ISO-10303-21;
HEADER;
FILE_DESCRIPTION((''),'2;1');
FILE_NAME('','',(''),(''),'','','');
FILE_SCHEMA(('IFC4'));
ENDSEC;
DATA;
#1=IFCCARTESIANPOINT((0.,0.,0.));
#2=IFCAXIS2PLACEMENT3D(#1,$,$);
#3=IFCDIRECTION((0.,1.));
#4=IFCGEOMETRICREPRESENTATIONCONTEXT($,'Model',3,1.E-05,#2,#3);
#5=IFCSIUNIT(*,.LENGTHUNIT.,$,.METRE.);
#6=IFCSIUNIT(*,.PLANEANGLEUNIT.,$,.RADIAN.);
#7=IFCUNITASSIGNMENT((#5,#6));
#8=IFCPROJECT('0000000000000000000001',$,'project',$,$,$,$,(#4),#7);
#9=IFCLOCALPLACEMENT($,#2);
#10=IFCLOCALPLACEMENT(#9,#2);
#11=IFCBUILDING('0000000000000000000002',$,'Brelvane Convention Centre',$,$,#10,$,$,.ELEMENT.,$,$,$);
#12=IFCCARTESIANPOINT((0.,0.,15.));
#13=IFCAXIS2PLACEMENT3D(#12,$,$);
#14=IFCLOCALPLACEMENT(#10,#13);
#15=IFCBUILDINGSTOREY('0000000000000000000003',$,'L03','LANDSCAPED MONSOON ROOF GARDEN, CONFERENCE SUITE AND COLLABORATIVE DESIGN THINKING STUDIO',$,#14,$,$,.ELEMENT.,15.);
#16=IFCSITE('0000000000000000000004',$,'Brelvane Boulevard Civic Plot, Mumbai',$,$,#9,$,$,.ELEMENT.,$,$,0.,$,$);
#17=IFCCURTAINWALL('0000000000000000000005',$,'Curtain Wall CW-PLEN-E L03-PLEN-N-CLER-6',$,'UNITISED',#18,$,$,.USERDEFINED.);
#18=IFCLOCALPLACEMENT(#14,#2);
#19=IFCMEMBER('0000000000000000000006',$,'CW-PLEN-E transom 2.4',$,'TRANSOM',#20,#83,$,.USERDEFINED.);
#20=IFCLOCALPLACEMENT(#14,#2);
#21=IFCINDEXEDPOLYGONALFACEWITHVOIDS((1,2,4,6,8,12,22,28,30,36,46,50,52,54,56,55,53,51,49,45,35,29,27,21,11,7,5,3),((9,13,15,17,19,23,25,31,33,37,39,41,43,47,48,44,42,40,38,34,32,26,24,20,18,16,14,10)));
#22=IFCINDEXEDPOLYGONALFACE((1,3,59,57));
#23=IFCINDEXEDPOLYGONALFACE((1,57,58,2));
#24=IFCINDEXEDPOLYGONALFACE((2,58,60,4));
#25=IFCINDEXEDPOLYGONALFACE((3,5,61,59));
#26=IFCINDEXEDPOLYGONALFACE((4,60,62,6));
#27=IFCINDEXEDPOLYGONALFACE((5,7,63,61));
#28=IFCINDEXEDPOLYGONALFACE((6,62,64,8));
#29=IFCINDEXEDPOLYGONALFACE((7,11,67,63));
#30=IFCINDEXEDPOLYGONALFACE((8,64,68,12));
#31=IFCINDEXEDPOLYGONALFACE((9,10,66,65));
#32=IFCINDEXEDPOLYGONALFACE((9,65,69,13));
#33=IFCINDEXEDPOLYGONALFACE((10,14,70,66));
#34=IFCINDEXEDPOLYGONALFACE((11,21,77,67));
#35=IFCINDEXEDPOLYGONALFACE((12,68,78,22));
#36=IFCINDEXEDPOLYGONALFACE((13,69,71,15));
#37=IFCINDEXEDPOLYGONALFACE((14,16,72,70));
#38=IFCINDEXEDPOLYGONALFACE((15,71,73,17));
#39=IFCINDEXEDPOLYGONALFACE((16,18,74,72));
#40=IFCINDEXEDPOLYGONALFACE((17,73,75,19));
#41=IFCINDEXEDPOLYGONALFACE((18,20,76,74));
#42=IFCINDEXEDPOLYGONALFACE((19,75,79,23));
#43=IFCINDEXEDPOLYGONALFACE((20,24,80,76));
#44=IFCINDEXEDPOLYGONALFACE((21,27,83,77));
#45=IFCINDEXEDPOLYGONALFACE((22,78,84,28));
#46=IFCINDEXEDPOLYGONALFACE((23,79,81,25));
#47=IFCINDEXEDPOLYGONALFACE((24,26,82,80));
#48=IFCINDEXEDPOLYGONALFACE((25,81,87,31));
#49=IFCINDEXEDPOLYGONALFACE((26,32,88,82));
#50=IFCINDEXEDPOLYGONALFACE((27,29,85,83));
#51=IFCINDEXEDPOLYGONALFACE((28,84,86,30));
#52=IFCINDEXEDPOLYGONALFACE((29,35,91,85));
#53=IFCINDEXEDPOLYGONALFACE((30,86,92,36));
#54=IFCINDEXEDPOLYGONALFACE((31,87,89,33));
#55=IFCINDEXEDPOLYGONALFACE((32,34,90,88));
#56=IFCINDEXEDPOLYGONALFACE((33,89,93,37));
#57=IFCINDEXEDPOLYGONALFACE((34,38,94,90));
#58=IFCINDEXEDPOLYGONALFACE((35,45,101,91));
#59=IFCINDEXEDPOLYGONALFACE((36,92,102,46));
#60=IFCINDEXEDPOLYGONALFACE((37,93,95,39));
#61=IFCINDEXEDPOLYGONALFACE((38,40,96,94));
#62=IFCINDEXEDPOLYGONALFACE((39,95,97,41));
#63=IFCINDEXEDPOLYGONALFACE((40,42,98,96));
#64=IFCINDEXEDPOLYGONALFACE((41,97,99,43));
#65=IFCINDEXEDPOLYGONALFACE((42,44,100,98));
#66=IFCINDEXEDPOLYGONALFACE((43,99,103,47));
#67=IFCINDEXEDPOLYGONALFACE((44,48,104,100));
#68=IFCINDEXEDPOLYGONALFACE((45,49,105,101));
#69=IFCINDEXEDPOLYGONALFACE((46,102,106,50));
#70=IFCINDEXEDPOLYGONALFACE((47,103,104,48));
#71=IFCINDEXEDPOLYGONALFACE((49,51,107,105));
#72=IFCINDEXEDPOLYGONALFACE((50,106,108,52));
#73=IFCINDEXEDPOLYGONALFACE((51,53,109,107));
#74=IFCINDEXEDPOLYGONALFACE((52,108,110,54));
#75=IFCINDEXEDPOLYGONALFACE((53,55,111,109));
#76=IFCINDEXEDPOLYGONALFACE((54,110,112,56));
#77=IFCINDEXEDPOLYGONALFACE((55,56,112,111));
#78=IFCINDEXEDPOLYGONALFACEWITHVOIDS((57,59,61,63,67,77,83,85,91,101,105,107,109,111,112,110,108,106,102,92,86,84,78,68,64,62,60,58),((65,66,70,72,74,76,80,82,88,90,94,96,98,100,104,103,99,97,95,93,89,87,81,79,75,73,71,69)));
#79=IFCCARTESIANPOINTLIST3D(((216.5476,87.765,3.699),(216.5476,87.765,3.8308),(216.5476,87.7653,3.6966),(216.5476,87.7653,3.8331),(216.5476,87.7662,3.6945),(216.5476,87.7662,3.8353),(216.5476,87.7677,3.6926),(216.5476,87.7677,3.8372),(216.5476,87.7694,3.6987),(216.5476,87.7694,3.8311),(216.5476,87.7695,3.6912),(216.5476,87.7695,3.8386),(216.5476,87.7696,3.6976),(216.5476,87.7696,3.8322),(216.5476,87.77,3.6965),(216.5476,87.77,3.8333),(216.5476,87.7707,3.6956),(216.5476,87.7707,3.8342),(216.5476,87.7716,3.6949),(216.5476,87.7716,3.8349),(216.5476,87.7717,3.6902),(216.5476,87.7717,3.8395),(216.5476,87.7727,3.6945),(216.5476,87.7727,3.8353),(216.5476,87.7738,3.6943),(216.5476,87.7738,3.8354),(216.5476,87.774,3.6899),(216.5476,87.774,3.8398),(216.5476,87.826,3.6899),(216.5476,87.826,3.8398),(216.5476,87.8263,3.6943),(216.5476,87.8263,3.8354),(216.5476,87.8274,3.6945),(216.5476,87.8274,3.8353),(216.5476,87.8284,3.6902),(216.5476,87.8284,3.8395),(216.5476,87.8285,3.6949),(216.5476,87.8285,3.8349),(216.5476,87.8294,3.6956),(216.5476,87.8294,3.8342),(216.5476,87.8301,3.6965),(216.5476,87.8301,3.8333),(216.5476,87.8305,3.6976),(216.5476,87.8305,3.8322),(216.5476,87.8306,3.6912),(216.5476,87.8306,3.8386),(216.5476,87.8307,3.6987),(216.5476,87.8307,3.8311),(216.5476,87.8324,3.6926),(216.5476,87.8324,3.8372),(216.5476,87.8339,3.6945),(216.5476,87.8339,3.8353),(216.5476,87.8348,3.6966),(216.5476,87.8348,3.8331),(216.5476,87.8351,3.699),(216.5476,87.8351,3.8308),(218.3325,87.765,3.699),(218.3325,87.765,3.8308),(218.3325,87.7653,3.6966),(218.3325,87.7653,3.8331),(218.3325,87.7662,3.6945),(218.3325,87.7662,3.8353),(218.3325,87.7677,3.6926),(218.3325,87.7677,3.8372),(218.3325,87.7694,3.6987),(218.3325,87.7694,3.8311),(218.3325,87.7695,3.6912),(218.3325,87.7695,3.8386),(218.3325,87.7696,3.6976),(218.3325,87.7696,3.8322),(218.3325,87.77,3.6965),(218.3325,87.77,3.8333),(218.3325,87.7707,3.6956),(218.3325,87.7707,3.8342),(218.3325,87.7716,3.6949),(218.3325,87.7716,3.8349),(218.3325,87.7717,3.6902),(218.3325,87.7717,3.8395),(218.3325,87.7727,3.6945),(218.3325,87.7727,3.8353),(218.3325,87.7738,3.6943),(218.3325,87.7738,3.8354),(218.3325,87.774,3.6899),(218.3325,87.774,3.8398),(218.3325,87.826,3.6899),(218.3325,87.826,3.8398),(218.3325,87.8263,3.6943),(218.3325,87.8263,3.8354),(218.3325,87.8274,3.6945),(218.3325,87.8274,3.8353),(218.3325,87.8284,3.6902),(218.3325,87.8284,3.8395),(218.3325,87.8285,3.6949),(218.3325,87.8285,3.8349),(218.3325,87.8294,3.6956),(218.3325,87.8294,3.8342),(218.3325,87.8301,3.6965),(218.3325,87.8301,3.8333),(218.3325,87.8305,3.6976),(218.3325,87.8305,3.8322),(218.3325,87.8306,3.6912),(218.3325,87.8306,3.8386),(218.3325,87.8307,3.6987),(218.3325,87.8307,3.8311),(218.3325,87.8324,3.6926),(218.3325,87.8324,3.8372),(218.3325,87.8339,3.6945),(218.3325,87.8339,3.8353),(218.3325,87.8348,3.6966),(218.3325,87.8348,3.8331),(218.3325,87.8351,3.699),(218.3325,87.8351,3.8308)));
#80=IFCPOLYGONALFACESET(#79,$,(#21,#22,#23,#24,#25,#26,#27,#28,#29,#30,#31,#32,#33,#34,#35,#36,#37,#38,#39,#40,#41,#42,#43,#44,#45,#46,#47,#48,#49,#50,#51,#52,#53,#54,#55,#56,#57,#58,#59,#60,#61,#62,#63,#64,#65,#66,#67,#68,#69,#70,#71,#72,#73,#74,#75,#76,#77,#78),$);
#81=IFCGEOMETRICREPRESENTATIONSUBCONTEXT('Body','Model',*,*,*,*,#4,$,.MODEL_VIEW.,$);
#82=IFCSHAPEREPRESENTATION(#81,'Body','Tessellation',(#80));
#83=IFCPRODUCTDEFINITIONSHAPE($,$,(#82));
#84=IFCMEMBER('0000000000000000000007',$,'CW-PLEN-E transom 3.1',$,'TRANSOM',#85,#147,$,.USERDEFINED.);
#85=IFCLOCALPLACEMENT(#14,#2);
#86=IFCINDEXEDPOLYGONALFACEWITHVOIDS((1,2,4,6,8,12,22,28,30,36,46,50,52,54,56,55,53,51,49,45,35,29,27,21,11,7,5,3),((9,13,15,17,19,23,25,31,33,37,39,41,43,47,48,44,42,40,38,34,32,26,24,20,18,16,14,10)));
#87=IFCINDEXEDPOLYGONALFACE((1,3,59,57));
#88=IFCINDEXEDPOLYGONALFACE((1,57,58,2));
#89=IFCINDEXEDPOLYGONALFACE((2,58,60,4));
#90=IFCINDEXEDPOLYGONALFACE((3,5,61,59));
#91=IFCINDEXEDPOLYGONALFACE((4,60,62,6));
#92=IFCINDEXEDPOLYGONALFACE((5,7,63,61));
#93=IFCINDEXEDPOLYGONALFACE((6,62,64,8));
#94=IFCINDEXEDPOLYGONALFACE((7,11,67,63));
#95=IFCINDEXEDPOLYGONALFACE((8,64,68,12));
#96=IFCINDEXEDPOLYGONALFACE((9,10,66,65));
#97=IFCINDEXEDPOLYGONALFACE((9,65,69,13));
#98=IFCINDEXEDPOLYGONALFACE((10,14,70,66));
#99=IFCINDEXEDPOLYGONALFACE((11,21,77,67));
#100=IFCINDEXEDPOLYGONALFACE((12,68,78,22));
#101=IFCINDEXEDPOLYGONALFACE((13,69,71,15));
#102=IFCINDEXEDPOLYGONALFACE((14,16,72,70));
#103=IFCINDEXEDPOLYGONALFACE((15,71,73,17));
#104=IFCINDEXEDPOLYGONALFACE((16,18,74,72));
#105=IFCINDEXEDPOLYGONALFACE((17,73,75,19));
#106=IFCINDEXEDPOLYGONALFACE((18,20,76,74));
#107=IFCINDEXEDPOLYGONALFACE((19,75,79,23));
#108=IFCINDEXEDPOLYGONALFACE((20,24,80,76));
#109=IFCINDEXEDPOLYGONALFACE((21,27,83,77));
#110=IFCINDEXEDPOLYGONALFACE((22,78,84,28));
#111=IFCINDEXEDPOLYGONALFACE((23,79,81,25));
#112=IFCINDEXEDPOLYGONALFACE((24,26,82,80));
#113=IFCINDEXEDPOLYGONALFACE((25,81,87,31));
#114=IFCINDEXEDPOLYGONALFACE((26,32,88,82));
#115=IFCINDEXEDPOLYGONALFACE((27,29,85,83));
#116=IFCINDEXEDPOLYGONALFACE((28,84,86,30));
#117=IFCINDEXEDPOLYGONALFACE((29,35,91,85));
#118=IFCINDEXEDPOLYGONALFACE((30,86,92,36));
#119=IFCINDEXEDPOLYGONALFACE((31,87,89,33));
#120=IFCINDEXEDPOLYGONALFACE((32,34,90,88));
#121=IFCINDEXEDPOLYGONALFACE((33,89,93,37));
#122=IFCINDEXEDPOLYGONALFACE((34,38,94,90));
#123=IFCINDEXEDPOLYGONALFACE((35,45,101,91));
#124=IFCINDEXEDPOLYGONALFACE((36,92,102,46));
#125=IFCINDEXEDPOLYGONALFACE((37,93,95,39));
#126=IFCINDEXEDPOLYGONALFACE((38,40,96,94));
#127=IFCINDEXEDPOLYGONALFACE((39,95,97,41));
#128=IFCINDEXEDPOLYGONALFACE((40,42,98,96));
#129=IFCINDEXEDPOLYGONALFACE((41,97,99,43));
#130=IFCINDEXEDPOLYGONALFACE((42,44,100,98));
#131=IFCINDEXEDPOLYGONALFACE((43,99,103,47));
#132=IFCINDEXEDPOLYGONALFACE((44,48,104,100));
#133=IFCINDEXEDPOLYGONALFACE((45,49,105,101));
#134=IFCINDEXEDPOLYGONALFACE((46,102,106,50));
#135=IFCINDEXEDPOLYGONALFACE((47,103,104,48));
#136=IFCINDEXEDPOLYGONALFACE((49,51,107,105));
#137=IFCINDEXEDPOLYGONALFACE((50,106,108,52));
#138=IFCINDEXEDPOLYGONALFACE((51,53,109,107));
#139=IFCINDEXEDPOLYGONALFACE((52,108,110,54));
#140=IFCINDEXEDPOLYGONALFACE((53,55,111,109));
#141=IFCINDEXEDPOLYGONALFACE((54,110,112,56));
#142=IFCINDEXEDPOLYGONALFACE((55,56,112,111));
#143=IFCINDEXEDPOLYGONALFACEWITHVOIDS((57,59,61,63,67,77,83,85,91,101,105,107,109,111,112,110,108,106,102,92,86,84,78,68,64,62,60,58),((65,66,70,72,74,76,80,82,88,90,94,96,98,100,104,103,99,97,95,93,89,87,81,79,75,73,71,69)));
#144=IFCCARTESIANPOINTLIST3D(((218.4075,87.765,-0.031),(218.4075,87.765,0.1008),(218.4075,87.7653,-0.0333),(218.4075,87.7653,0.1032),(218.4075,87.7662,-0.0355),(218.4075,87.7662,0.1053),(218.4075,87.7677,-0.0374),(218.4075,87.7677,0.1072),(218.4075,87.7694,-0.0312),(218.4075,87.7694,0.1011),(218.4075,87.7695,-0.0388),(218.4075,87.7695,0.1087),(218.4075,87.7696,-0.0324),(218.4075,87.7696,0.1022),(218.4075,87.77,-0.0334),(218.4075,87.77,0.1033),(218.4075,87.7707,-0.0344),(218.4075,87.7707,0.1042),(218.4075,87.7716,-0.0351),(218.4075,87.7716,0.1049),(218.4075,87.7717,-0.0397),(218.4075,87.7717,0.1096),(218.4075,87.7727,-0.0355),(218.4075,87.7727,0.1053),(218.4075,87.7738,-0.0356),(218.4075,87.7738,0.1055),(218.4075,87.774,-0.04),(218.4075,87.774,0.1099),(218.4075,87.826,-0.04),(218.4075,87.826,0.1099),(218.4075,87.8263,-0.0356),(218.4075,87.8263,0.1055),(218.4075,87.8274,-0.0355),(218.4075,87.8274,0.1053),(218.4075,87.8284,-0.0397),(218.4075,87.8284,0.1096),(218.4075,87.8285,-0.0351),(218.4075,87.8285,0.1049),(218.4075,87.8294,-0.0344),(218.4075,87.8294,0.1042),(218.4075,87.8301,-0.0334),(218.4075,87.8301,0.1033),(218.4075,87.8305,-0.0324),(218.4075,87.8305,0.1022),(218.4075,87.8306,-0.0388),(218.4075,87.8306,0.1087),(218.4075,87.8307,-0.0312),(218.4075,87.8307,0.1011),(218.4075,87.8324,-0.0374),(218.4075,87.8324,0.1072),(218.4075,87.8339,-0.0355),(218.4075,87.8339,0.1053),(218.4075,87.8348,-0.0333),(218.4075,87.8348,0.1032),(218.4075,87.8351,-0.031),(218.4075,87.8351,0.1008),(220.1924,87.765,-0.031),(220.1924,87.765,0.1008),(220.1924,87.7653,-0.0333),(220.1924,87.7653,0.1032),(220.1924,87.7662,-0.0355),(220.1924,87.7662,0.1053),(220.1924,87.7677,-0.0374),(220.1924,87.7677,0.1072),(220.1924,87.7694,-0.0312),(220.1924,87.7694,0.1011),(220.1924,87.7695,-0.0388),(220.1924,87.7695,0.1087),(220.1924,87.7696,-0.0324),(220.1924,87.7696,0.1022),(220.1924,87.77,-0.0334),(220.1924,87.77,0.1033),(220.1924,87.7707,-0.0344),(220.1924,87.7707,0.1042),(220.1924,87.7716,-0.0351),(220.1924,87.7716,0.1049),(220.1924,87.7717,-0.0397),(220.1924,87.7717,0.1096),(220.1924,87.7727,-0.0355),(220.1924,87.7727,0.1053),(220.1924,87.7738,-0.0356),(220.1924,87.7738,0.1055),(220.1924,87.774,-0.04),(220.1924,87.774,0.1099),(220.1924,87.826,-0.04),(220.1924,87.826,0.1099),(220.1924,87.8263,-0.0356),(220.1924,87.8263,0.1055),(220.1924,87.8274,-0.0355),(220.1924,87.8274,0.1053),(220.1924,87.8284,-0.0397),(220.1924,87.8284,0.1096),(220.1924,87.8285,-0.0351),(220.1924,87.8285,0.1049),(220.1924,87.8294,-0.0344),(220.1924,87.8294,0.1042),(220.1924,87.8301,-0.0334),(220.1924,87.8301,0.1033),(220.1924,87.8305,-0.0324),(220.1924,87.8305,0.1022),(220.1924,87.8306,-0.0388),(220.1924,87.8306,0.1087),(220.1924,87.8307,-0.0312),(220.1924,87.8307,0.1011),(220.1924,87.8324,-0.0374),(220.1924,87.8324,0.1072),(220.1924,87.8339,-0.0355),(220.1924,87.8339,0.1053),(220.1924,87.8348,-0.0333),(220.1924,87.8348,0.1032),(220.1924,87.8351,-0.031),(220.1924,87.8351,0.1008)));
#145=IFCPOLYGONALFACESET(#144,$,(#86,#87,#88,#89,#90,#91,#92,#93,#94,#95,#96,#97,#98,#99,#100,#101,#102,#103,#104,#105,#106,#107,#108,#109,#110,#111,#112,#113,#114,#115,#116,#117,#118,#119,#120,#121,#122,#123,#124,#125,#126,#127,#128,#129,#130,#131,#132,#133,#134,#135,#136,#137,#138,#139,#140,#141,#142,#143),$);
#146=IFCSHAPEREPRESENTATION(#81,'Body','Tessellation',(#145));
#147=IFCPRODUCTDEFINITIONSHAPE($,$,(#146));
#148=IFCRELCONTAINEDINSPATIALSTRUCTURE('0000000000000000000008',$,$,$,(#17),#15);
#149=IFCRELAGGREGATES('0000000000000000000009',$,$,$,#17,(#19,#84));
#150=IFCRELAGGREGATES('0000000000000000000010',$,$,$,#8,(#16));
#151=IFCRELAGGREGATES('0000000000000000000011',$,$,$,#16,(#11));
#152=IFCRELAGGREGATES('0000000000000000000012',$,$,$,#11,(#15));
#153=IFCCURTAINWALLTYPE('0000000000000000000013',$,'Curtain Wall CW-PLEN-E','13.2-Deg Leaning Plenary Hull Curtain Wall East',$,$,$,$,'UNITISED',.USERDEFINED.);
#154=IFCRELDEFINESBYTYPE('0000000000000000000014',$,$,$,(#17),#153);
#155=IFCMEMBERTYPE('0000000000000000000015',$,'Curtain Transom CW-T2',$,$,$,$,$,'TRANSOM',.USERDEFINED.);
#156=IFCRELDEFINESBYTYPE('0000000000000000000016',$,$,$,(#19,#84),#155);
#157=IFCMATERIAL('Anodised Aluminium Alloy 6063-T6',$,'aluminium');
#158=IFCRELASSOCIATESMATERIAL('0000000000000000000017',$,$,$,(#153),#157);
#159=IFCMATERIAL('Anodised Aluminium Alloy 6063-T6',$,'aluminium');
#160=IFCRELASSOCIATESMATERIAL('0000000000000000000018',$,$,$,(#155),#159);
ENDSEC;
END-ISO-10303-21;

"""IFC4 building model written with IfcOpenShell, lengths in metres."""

from ifc_helpers import new_model, si_unit, direction, frame, origin, origin_2d, place, context, subcontext, project, spatial, hollow_rectangle, extrude, material, material_profile, profile_set, type_object, element, aggregate, save


model = new_model("IFC4")

# Units and contexts
model_context = context("Model", 3, precision=1e-05, world=origin(), true_north=direction((0.0, 1.0)))
body_context = subcontext(model_context, "Body", "Model", "MODEL_VIEW")
ifc_project = project(units=[si_unit("LENGTHUNIT", "METRE"), si_unit("PLANEANGLEUNIT", "RADIAN")], contexts=[model_context])

# Site, building, storey
site_placement = place(None, origin())
site = spatial("IfcSite", under=ifc_project, at=site_placement, Name="Brelvane Boulevard Civic Plot, Mumbai", CompositionType="ELEMENT", RefElevation=0.0)
building_placement = place(site_placement, origin())
building = spatial("IfcBuilding", under=site, at=building_placement, Name="Brelvane Convention Centre", CompositionType="ELEMENT")
storey_placement = place(building_placement, frame((0.0, 0.0, 15.0)))
storey = spatial("IfcBuildingStorey", under=building, at=storey_placement, Name="L03", Description="LANDSCAPED MONSOON ROOF GARDEN, CONFERENCE SUITE AND COLLABORATIVE DESIGN THINKING STUDIO", CompositionType="ELEMENT", Elevation=15.0)

# Curtain wall, members
ifc_material_1 = material(Name="Anodised Aluminium Alloy 6063-T6", Category="aluminium")
curtain_wall_type = type_object("IfcCurtainWallType", Name="Curtain Wall CW-PLEN-E", Description="13.2-Deg Leaning Plenary Hull Curtain Wall East", ElementType="UNITISED", PredefinedType="USERDEFINED", material=ifc_material_1)
curtain_wall_placement = place(storey_placement, origin())
curtain_wall = element("IfcCurtainWall", 1, at=curtain_wall_placement, inside=storey, type_object=curtain_wall_type, Name="Curtain Wall CW-PLEN-E L03-PLEN-N-CLER-6", ObjectType="UNITISED", PredefinedType="USERDEFINED")
ifc_material_2 = material(Name="Anodised Aluminium Alloy 6063-T6", Category="aluminium")
ifc_material_profile_1 = material_profile(ifc_material_2, hollow_rectangle(XDim=0.0701, YDim=0.1499, WallThickness=0.0044, InnerFilletRadius=0.0044, OuterFilletRadius=0.009, at=origin_2d()), Name="ALU-T 150x70x4.5")
ifc_profile_set_1 = profile_set([ifc_material_profile_1], Name="Anodised Aluminium Alloy 6063-T6")
member_type_1 = type_object("IfcMemberType", Name="Curtain Transom CW-T2", ElementType="TRANSOM", PredefinedType="USERDEFINED", material=ifc_profile_set_1)
member_1_placement = place(storey_placement, frame((216.5476, 87.8, 3.7649), z_axis=(1.0, 0.0, 0.0), x_axis=(0.0, 1.0, 0.0)))
member_1 = element("IfcMember", 2, at=member_1_placement, type_object=member_type_1, Name="CW-PLEN-E transom 2.4", ObjectType="TRANSOM", PredefinedType="USERDEFINED", context=body_context, shape_type="SweptSolid", body=[
    extrude(hollow_rectangle(XDim=0.0701, YDim=0.1499, WallThickness=0.0044, InnerFilletRadius=0.0044, OuterFilletRadius=0.009, at=origin_2d()), origin(), (0.0, 0.0, 1.0), 1.7849),
])
member_2_placement = place(storey_placement, frame((218.4075, 87.8, 0.0349), z_axis=(1.0, 0.0, 0.0), x_axis=(0.0, 1.0, 0.0)))
member_2 = element("IfcMember", 3, at=member_2_placement, type_object=member_type_1, Name="CW-PLEN-E transom 3.1", ObjectType="TRANSOM", PredefinedType="USERDEFINED", context=body_context, shape_type="SweptSolid", body=[
    extrude(hollow_rectangle(XDim=0.0701, YDim=0.1499, WallThickness=0.0044, InnerFilletRadius=0.0044, OuterFilletRadius=0.009, at=origin_2d()), origin(), (0.0, 0.0, 1.0), 1.7849),
])
aggregate(curtain_wall, [member_1, member_2])

save(model, "model.ifc")
